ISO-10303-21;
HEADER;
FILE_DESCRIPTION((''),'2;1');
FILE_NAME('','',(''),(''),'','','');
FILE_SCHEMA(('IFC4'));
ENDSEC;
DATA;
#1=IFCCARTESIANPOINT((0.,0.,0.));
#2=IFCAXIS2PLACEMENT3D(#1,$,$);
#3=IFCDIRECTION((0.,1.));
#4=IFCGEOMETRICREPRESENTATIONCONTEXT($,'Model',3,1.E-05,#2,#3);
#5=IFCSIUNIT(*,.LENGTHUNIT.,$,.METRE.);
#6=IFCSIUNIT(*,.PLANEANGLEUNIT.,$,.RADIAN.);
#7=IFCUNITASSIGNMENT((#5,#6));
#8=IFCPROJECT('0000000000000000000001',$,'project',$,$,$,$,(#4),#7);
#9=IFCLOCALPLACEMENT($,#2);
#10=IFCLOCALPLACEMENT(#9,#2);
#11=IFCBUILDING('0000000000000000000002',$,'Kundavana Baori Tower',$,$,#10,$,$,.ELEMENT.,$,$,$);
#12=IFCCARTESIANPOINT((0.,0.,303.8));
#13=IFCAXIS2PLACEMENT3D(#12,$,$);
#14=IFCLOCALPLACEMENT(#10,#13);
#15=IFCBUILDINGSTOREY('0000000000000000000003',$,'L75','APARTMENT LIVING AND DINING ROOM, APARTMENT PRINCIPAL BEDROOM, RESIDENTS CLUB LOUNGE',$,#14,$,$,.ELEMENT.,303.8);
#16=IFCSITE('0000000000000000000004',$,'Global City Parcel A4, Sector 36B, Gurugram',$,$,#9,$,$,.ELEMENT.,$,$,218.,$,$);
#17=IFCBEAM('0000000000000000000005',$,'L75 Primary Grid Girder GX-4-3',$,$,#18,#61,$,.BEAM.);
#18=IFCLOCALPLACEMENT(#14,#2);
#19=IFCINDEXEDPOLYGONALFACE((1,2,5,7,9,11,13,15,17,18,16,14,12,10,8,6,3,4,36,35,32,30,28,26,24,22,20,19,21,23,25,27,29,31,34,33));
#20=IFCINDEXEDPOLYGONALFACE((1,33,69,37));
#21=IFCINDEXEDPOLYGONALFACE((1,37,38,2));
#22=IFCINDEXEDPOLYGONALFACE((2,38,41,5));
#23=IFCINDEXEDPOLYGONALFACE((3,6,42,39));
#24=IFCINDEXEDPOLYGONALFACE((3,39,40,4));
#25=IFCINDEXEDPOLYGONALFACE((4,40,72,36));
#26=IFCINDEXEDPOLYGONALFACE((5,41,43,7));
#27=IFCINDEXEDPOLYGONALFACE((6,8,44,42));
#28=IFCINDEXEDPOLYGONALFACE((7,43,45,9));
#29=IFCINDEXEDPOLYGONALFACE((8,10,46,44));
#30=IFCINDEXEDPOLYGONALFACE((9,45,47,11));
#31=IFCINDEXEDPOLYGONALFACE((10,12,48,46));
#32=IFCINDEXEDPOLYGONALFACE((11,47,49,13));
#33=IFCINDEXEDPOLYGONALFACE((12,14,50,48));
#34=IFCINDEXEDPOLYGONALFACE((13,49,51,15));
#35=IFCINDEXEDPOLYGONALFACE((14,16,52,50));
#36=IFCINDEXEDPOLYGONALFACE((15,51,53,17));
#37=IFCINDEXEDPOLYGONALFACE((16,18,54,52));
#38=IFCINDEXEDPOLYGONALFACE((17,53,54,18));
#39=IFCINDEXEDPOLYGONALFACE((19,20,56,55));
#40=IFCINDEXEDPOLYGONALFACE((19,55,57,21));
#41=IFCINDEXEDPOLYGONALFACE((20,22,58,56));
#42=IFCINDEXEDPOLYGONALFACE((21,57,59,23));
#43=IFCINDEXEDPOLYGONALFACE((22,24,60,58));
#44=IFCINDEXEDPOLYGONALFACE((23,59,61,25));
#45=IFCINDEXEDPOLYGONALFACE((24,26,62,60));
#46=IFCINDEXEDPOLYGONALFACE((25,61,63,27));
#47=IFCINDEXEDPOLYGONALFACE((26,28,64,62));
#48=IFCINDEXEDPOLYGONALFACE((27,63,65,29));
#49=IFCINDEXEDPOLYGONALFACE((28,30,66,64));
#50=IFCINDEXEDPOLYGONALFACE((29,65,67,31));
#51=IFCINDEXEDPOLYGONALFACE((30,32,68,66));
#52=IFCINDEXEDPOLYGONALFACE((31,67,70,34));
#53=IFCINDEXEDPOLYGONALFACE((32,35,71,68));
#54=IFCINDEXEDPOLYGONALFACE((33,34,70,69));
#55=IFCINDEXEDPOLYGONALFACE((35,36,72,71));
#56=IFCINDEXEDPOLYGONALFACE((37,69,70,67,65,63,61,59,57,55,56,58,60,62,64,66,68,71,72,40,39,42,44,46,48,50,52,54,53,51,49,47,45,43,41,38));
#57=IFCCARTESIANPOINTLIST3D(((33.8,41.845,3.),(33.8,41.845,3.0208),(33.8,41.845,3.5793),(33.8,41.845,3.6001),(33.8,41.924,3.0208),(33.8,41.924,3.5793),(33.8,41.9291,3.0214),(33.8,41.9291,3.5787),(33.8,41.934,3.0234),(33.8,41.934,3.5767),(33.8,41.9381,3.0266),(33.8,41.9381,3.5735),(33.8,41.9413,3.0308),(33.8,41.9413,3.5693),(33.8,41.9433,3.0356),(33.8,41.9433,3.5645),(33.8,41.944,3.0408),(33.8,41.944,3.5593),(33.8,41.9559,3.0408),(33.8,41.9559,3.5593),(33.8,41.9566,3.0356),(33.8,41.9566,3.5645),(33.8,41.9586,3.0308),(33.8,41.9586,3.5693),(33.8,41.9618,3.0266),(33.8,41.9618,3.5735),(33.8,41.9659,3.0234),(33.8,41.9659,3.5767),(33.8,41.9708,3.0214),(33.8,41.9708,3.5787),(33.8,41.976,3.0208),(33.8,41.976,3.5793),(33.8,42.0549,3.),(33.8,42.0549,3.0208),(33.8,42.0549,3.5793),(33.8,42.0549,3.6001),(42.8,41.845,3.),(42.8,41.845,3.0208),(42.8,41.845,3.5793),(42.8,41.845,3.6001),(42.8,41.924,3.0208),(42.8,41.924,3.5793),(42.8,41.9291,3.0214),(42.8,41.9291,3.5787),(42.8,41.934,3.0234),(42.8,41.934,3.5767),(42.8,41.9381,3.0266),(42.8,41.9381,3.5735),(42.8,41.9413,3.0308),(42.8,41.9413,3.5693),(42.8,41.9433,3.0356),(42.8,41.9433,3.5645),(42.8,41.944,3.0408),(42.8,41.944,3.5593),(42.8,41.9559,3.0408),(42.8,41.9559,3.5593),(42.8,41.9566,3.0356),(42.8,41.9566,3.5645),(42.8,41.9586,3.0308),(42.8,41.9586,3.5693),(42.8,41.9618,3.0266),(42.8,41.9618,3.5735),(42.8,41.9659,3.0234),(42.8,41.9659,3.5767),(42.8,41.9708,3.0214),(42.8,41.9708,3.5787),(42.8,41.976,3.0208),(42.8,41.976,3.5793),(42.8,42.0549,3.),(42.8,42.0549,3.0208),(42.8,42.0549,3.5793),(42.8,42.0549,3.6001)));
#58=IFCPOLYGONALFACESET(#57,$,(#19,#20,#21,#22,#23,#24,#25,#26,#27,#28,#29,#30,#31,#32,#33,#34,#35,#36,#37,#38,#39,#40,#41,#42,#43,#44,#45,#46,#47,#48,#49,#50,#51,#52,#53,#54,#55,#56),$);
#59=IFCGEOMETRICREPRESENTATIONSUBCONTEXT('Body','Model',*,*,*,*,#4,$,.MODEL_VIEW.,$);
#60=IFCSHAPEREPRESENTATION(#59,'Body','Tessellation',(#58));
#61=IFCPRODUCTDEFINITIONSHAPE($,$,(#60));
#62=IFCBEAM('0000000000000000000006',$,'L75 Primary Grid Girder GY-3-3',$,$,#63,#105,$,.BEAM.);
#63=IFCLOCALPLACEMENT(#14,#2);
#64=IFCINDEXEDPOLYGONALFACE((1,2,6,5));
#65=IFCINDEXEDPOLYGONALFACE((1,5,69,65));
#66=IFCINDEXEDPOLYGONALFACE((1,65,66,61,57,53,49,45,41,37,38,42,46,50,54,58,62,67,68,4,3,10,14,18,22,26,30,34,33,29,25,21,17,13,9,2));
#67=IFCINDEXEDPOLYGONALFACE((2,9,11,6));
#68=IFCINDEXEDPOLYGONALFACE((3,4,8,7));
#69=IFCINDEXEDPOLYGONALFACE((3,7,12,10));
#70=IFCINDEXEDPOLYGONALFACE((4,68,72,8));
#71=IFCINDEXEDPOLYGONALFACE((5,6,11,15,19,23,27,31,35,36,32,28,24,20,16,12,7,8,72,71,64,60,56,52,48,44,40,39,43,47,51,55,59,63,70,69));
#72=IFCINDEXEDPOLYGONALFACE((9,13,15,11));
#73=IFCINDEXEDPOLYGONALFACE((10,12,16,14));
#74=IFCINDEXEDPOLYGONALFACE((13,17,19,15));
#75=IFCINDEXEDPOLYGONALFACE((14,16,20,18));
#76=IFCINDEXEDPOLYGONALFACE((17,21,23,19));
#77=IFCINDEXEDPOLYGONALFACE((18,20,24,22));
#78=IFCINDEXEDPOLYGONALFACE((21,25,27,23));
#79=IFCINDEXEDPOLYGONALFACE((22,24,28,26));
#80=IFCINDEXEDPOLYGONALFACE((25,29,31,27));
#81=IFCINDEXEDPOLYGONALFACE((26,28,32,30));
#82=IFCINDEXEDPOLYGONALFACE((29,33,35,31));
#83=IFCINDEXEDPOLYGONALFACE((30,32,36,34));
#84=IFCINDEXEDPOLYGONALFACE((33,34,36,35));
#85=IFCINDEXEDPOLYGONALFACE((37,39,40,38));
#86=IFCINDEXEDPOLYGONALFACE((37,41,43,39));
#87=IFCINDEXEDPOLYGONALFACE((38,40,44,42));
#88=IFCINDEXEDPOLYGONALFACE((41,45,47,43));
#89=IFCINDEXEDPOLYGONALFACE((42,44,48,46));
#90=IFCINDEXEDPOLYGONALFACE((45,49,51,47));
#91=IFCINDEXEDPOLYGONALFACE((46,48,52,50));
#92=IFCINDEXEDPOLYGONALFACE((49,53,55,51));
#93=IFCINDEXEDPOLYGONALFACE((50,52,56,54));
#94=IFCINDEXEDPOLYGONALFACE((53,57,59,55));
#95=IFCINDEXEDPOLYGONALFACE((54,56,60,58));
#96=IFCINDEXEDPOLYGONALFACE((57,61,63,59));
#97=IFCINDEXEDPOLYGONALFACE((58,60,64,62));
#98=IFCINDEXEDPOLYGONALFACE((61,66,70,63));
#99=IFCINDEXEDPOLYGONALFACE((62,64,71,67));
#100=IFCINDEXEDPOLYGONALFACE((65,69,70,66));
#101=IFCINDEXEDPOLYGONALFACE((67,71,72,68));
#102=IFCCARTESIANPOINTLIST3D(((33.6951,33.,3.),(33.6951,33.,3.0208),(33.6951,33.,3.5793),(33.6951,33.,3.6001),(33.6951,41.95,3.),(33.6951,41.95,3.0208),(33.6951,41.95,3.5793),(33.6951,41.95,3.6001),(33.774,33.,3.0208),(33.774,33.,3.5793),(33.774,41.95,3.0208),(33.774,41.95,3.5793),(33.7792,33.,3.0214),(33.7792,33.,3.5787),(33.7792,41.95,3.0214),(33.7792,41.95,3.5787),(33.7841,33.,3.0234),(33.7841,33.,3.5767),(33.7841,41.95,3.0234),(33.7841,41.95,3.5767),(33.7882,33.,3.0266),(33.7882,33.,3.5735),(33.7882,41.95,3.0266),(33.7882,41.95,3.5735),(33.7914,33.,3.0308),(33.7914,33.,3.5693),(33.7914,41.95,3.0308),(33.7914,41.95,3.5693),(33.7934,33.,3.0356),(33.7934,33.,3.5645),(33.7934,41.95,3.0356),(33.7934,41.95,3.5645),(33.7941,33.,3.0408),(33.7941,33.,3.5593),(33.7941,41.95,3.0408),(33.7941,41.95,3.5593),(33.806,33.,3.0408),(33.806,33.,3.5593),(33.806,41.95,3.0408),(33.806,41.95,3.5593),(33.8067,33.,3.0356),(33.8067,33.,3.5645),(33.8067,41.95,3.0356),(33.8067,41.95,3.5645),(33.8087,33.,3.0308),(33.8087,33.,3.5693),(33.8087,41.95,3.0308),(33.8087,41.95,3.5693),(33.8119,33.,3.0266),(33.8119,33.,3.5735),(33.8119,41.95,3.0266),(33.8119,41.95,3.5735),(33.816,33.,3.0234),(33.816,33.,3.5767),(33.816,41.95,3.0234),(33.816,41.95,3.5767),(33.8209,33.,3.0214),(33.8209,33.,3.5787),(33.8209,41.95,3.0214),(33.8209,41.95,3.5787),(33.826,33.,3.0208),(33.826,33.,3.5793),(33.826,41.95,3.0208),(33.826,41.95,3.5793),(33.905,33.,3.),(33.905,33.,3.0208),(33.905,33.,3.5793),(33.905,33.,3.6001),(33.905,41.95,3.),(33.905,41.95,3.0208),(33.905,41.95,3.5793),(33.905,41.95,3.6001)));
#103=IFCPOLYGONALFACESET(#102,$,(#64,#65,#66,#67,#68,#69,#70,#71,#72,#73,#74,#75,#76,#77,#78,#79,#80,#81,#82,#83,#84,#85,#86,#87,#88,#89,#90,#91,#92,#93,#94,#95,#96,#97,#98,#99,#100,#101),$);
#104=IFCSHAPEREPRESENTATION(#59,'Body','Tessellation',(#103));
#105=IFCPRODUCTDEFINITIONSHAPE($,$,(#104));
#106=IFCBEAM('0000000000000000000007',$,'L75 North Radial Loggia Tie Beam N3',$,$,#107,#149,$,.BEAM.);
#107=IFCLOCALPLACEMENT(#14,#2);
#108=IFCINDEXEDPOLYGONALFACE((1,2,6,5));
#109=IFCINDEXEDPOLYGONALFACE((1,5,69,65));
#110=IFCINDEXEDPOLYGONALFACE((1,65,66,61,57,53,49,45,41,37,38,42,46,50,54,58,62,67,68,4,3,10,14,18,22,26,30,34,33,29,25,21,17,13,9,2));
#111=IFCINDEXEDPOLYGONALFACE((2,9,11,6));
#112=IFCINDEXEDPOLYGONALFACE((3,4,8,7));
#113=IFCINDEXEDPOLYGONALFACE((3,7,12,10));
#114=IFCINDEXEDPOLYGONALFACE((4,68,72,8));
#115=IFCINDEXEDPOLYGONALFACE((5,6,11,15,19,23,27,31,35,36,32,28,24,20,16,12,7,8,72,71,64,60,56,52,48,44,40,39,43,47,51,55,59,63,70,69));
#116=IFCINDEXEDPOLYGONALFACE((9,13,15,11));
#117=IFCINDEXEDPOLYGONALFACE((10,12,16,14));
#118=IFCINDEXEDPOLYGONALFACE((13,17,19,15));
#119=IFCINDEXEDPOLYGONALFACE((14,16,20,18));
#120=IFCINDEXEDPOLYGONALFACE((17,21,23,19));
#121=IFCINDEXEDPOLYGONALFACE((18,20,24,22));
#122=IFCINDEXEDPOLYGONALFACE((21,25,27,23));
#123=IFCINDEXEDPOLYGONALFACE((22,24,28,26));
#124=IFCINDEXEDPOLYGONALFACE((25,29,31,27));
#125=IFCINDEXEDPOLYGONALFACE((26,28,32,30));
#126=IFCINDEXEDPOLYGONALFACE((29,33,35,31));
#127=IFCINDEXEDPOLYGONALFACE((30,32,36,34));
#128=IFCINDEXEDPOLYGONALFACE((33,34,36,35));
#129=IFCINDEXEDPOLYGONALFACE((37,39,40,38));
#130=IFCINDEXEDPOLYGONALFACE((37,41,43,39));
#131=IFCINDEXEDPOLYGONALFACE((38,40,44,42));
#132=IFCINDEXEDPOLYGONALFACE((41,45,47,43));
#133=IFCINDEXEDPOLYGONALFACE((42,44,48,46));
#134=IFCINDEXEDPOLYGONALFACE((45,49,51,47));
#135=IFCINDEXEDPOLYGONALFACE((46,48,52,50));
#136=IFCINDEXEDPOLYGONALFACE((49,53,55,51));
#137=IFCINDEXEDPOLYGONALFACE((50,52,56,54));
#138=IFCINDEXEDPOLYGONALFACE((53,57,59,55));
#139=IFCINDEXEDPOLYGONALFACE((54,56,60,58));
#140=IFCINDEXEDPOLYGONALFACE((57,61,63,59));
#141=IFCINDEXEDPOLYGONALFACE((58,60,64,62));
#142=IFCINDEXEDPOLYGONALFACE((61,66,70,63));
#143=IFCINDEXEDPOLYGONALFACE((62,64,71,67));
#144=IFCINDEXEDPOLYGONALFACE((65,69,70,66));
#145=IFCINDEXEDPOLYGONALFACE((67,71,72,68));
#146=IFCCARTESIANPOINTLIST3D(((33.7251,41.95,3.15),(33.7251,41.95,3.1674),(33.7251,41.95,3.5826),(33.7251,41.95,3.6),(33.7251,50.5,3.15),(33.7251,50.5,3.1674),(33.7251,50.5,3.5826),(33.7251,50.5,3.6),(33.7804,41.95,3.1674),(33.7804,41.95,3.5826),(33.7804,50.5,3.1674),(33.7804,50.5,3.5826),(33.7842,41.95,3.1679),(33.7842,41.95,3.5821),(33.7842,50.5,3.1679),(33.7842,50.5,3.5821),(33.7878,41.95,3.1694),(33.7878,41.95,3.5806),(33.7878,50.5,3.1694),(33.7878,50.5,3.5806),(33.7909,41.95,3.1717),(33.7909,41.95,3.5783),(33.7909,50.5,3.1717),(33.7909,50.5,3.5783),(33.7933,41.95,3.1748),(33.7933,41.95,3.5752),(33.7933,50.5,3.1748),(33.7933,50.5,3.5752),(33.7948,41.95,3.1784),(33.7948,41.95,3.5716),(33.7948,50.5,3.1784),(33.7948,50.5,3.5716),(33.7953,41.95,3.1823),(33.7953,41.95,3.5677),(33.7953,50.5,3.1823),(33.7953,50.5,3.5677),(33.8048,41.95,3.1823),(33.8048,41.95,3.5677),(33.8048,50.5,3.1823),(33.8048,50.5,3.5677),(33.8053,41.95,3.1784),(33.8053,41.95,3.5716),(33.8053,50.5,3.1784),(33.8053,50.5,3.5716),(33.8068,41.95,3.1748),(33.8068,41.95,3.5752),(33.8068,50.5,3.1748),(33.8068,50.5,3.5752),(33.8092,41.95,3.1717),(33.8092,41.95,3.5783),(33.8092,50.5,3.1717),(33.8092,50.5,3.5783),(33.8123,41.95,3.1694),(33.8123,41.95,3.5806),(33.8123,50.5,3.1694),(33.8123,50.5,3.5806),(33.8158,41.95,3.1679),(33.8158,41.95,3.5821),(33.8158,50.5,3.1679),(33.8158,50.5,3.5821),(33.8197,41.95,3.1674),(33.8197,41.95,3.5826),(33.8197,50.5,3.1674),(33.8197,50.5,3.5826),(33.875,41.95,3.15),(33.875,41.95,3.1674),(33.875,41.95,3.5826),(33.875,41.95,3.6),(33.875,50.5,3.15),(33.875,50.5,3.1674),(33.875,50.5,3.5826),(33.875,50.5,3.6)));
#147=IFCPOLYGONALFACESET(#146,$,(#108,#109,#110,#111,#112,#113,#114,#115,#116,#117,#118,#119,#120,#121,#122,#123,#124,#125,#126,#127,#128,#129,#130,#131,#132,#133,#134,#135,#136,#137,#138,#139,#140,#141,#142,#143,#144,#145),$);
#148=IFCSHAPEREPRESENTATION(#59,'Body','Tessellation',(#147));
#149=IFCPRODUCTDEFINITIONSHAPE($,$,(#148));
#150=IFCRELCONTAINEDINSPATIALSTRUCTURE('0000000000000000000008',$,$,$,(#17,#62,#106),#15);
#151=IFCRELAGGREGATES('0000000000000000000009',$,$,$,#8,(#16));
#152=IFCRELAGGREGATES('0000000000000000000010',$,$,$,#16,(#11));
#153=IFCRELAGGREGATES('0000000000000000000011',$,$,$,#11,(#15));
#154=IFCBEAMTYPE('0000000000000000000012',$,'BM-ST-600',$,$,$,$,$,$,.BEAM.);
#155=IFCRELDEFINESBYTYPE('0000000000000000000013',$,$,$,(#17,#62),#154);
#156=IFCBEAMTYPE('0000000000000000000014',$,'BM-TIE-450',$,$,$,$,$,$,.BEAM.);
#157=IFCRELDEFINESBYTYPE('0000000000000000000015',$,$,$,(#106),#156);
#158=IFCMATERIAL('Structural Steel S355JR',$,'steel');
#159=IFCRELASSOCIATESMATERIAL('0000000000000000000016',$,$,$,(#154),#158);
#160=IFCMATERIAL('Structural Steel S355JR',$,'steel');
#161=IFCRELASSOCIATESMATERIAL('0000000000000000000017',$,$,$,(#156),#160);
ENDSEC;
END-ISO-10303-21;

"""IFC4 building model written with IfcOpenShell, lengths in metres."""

from ifc_helpers import new_model, si_unit, direction, frame, origin, origin_2d, place, context, subcontext, project, spatial, i_section, extrude, material, material_profile, profile_set, type_object, element, save


model = new_model("IFC4")

# Units and contexts
model_context = context("Model", 3, precision=1e-05, world=origin(), true_north=direction((0.0, 1.0)))
body_context = subcontext(model_context, "Body", "Model", "MODEL_VIEW")
ifc_project = project(units=[si_unit("LENGTHUNIT", "METRE"), si_unit("PLANEANGLEUNIT", "RADIAN")], contexts=[model_context])

# Site, building, storey
site_placement = place(None, origin())
site = spatial("IfcSite", under=ifc_project, at=site_placement, Name="Global City Parcel A4, Sector 36B, Gurugram", CompositionType="ELEMENT", RefElevation=218.0)
building_placement = place(site_placement, origin())
building = spatial("IfcBuilding", under=site, at=building_placement, Name="Kundavana Baori Tower", CompositionType="ELEMENT")
storey_placement = place(building_placement, frame((0.0, 0.0, 303.8)))
storey = spatial("IfcBuildingStorey", under=building, at=storey_placement, Name="L75", Description="APARTMENT LIVING AND DINING ROOM, APARTMENT PRINCIPAL BEDROOM, RESIDENTS CLUB LOUNGE", CompositionType="ELEMENT", Elevation=303.8)

# Beams
ifc_material_1 = material(Name="Structural Steel S355JR", Category="steel")
ifc_material_profile_1 = material_profile(ifc_material_1, i_section(OverallWidth=0.21, OverallDepth=0.6001, WebThickness=0.012, FlangeThickness=0.0208, FilletRadius=0.02, at=origin_2d()), Name="ISMB 600")
ifc_profile_set_1 = profile_set([ifc_material_profile_1], Name="Structural Steel S355JR")
beam_type_1 = type_object("IfcBeamType", Name="BM-ST-600", PredefinedType="BEAM", material=ifc_profile_set_1)
beam_1_placement = place(storey_placement, frame((33.8, 41.95, 3.3), z_axis=(1.0, 0.0, 0.0), x_axis=(0.0, 1.0, 0.0)))
element("IfcBeam", 1, at=beam_1_placement, inside=storey, type_object=beam_type_1, Name="L75 Primary Grid Girder GX-4-3", PredefinedType="BEAM", context=body_context, shape_type="SweptSolid", body=[
    extrude(i_section(OverallWidth=0.21, OverallDepth=0.6001, WebThickness=0.012, FlangeThickness=0.0208, FilletRadius=0.02, at=origin_2d()), origin(), (0.0, 0.0, 1.0), 9.0),
])
beam_2_placement = place(storey_placement, frame((33.8, 33.0, 3.3), z_axis=(0.0, 1.0, 0.0), x_axis=(-1.0, 0.0, 0.0)))
element("IfcBeam", 2, at=beam_2_placement, inside=storey, type_object=beam_type_1, Name="L75 Primary Grid Girder GY-3-3", PredefinedType="BEAM", context=body_context, shape_type="SweptSolid", body=[
    extrude(i_section(OverallWidth=0.21, OverallDepth=0.6001, WebThickness=0.012, FlangeThickness=0.0208, FilletRadius=0.02, at=origin_2d()), origin(), (0.0, 0.0, 1.0), 8.95),
])
ifc_material_2 = material(Name="Structural Steel S355JR", Category="steel")
ifc_material_profile_2 = material_profile(ifc_material_2, i_section(OverallWidth=0.1499, OverallDepth=0.45, WebThickness=0.0095, FlangeThickness=0.0173, FilletRadius=0.0149, at=origin_2d()), Name="ISMB 450")
ifc_profile_set_2 = profile_set([ifc_material_profile_2], Name="Structural Steel S355JR")
beam_type_2 = type_object("IfcBeamType", Name="BM-TIE-450", PredefinedType="BEAM", material=ifc_profile_set_2)
beam_3_placement = place(storey_placement, frame((33.8, 41.95, 3.375), z_axis=(0.0, 1.0, 0.0), x_axis=(-1.0, 0.0, 0.0)))
element("IfcBeam", 3, at=beam_3_placement, inside=storey, type_object=beam_type_2, Name="L75 North Radial Loggia Tie Beam N3", PredefinedType="BEAM", context=body_context, shape_type="SweptSolid", body=[
    extrude(i_section(OverallWidth=0.1499, OverallDepth=0.45, WebThickness=0.0095, FlangeThickness=0.0173, FilletRadius=0.0149, at=origin_2d()), origin(), (0.0, 0.0, 1.0), 8.55),
])

save(model, "model.ifc")
